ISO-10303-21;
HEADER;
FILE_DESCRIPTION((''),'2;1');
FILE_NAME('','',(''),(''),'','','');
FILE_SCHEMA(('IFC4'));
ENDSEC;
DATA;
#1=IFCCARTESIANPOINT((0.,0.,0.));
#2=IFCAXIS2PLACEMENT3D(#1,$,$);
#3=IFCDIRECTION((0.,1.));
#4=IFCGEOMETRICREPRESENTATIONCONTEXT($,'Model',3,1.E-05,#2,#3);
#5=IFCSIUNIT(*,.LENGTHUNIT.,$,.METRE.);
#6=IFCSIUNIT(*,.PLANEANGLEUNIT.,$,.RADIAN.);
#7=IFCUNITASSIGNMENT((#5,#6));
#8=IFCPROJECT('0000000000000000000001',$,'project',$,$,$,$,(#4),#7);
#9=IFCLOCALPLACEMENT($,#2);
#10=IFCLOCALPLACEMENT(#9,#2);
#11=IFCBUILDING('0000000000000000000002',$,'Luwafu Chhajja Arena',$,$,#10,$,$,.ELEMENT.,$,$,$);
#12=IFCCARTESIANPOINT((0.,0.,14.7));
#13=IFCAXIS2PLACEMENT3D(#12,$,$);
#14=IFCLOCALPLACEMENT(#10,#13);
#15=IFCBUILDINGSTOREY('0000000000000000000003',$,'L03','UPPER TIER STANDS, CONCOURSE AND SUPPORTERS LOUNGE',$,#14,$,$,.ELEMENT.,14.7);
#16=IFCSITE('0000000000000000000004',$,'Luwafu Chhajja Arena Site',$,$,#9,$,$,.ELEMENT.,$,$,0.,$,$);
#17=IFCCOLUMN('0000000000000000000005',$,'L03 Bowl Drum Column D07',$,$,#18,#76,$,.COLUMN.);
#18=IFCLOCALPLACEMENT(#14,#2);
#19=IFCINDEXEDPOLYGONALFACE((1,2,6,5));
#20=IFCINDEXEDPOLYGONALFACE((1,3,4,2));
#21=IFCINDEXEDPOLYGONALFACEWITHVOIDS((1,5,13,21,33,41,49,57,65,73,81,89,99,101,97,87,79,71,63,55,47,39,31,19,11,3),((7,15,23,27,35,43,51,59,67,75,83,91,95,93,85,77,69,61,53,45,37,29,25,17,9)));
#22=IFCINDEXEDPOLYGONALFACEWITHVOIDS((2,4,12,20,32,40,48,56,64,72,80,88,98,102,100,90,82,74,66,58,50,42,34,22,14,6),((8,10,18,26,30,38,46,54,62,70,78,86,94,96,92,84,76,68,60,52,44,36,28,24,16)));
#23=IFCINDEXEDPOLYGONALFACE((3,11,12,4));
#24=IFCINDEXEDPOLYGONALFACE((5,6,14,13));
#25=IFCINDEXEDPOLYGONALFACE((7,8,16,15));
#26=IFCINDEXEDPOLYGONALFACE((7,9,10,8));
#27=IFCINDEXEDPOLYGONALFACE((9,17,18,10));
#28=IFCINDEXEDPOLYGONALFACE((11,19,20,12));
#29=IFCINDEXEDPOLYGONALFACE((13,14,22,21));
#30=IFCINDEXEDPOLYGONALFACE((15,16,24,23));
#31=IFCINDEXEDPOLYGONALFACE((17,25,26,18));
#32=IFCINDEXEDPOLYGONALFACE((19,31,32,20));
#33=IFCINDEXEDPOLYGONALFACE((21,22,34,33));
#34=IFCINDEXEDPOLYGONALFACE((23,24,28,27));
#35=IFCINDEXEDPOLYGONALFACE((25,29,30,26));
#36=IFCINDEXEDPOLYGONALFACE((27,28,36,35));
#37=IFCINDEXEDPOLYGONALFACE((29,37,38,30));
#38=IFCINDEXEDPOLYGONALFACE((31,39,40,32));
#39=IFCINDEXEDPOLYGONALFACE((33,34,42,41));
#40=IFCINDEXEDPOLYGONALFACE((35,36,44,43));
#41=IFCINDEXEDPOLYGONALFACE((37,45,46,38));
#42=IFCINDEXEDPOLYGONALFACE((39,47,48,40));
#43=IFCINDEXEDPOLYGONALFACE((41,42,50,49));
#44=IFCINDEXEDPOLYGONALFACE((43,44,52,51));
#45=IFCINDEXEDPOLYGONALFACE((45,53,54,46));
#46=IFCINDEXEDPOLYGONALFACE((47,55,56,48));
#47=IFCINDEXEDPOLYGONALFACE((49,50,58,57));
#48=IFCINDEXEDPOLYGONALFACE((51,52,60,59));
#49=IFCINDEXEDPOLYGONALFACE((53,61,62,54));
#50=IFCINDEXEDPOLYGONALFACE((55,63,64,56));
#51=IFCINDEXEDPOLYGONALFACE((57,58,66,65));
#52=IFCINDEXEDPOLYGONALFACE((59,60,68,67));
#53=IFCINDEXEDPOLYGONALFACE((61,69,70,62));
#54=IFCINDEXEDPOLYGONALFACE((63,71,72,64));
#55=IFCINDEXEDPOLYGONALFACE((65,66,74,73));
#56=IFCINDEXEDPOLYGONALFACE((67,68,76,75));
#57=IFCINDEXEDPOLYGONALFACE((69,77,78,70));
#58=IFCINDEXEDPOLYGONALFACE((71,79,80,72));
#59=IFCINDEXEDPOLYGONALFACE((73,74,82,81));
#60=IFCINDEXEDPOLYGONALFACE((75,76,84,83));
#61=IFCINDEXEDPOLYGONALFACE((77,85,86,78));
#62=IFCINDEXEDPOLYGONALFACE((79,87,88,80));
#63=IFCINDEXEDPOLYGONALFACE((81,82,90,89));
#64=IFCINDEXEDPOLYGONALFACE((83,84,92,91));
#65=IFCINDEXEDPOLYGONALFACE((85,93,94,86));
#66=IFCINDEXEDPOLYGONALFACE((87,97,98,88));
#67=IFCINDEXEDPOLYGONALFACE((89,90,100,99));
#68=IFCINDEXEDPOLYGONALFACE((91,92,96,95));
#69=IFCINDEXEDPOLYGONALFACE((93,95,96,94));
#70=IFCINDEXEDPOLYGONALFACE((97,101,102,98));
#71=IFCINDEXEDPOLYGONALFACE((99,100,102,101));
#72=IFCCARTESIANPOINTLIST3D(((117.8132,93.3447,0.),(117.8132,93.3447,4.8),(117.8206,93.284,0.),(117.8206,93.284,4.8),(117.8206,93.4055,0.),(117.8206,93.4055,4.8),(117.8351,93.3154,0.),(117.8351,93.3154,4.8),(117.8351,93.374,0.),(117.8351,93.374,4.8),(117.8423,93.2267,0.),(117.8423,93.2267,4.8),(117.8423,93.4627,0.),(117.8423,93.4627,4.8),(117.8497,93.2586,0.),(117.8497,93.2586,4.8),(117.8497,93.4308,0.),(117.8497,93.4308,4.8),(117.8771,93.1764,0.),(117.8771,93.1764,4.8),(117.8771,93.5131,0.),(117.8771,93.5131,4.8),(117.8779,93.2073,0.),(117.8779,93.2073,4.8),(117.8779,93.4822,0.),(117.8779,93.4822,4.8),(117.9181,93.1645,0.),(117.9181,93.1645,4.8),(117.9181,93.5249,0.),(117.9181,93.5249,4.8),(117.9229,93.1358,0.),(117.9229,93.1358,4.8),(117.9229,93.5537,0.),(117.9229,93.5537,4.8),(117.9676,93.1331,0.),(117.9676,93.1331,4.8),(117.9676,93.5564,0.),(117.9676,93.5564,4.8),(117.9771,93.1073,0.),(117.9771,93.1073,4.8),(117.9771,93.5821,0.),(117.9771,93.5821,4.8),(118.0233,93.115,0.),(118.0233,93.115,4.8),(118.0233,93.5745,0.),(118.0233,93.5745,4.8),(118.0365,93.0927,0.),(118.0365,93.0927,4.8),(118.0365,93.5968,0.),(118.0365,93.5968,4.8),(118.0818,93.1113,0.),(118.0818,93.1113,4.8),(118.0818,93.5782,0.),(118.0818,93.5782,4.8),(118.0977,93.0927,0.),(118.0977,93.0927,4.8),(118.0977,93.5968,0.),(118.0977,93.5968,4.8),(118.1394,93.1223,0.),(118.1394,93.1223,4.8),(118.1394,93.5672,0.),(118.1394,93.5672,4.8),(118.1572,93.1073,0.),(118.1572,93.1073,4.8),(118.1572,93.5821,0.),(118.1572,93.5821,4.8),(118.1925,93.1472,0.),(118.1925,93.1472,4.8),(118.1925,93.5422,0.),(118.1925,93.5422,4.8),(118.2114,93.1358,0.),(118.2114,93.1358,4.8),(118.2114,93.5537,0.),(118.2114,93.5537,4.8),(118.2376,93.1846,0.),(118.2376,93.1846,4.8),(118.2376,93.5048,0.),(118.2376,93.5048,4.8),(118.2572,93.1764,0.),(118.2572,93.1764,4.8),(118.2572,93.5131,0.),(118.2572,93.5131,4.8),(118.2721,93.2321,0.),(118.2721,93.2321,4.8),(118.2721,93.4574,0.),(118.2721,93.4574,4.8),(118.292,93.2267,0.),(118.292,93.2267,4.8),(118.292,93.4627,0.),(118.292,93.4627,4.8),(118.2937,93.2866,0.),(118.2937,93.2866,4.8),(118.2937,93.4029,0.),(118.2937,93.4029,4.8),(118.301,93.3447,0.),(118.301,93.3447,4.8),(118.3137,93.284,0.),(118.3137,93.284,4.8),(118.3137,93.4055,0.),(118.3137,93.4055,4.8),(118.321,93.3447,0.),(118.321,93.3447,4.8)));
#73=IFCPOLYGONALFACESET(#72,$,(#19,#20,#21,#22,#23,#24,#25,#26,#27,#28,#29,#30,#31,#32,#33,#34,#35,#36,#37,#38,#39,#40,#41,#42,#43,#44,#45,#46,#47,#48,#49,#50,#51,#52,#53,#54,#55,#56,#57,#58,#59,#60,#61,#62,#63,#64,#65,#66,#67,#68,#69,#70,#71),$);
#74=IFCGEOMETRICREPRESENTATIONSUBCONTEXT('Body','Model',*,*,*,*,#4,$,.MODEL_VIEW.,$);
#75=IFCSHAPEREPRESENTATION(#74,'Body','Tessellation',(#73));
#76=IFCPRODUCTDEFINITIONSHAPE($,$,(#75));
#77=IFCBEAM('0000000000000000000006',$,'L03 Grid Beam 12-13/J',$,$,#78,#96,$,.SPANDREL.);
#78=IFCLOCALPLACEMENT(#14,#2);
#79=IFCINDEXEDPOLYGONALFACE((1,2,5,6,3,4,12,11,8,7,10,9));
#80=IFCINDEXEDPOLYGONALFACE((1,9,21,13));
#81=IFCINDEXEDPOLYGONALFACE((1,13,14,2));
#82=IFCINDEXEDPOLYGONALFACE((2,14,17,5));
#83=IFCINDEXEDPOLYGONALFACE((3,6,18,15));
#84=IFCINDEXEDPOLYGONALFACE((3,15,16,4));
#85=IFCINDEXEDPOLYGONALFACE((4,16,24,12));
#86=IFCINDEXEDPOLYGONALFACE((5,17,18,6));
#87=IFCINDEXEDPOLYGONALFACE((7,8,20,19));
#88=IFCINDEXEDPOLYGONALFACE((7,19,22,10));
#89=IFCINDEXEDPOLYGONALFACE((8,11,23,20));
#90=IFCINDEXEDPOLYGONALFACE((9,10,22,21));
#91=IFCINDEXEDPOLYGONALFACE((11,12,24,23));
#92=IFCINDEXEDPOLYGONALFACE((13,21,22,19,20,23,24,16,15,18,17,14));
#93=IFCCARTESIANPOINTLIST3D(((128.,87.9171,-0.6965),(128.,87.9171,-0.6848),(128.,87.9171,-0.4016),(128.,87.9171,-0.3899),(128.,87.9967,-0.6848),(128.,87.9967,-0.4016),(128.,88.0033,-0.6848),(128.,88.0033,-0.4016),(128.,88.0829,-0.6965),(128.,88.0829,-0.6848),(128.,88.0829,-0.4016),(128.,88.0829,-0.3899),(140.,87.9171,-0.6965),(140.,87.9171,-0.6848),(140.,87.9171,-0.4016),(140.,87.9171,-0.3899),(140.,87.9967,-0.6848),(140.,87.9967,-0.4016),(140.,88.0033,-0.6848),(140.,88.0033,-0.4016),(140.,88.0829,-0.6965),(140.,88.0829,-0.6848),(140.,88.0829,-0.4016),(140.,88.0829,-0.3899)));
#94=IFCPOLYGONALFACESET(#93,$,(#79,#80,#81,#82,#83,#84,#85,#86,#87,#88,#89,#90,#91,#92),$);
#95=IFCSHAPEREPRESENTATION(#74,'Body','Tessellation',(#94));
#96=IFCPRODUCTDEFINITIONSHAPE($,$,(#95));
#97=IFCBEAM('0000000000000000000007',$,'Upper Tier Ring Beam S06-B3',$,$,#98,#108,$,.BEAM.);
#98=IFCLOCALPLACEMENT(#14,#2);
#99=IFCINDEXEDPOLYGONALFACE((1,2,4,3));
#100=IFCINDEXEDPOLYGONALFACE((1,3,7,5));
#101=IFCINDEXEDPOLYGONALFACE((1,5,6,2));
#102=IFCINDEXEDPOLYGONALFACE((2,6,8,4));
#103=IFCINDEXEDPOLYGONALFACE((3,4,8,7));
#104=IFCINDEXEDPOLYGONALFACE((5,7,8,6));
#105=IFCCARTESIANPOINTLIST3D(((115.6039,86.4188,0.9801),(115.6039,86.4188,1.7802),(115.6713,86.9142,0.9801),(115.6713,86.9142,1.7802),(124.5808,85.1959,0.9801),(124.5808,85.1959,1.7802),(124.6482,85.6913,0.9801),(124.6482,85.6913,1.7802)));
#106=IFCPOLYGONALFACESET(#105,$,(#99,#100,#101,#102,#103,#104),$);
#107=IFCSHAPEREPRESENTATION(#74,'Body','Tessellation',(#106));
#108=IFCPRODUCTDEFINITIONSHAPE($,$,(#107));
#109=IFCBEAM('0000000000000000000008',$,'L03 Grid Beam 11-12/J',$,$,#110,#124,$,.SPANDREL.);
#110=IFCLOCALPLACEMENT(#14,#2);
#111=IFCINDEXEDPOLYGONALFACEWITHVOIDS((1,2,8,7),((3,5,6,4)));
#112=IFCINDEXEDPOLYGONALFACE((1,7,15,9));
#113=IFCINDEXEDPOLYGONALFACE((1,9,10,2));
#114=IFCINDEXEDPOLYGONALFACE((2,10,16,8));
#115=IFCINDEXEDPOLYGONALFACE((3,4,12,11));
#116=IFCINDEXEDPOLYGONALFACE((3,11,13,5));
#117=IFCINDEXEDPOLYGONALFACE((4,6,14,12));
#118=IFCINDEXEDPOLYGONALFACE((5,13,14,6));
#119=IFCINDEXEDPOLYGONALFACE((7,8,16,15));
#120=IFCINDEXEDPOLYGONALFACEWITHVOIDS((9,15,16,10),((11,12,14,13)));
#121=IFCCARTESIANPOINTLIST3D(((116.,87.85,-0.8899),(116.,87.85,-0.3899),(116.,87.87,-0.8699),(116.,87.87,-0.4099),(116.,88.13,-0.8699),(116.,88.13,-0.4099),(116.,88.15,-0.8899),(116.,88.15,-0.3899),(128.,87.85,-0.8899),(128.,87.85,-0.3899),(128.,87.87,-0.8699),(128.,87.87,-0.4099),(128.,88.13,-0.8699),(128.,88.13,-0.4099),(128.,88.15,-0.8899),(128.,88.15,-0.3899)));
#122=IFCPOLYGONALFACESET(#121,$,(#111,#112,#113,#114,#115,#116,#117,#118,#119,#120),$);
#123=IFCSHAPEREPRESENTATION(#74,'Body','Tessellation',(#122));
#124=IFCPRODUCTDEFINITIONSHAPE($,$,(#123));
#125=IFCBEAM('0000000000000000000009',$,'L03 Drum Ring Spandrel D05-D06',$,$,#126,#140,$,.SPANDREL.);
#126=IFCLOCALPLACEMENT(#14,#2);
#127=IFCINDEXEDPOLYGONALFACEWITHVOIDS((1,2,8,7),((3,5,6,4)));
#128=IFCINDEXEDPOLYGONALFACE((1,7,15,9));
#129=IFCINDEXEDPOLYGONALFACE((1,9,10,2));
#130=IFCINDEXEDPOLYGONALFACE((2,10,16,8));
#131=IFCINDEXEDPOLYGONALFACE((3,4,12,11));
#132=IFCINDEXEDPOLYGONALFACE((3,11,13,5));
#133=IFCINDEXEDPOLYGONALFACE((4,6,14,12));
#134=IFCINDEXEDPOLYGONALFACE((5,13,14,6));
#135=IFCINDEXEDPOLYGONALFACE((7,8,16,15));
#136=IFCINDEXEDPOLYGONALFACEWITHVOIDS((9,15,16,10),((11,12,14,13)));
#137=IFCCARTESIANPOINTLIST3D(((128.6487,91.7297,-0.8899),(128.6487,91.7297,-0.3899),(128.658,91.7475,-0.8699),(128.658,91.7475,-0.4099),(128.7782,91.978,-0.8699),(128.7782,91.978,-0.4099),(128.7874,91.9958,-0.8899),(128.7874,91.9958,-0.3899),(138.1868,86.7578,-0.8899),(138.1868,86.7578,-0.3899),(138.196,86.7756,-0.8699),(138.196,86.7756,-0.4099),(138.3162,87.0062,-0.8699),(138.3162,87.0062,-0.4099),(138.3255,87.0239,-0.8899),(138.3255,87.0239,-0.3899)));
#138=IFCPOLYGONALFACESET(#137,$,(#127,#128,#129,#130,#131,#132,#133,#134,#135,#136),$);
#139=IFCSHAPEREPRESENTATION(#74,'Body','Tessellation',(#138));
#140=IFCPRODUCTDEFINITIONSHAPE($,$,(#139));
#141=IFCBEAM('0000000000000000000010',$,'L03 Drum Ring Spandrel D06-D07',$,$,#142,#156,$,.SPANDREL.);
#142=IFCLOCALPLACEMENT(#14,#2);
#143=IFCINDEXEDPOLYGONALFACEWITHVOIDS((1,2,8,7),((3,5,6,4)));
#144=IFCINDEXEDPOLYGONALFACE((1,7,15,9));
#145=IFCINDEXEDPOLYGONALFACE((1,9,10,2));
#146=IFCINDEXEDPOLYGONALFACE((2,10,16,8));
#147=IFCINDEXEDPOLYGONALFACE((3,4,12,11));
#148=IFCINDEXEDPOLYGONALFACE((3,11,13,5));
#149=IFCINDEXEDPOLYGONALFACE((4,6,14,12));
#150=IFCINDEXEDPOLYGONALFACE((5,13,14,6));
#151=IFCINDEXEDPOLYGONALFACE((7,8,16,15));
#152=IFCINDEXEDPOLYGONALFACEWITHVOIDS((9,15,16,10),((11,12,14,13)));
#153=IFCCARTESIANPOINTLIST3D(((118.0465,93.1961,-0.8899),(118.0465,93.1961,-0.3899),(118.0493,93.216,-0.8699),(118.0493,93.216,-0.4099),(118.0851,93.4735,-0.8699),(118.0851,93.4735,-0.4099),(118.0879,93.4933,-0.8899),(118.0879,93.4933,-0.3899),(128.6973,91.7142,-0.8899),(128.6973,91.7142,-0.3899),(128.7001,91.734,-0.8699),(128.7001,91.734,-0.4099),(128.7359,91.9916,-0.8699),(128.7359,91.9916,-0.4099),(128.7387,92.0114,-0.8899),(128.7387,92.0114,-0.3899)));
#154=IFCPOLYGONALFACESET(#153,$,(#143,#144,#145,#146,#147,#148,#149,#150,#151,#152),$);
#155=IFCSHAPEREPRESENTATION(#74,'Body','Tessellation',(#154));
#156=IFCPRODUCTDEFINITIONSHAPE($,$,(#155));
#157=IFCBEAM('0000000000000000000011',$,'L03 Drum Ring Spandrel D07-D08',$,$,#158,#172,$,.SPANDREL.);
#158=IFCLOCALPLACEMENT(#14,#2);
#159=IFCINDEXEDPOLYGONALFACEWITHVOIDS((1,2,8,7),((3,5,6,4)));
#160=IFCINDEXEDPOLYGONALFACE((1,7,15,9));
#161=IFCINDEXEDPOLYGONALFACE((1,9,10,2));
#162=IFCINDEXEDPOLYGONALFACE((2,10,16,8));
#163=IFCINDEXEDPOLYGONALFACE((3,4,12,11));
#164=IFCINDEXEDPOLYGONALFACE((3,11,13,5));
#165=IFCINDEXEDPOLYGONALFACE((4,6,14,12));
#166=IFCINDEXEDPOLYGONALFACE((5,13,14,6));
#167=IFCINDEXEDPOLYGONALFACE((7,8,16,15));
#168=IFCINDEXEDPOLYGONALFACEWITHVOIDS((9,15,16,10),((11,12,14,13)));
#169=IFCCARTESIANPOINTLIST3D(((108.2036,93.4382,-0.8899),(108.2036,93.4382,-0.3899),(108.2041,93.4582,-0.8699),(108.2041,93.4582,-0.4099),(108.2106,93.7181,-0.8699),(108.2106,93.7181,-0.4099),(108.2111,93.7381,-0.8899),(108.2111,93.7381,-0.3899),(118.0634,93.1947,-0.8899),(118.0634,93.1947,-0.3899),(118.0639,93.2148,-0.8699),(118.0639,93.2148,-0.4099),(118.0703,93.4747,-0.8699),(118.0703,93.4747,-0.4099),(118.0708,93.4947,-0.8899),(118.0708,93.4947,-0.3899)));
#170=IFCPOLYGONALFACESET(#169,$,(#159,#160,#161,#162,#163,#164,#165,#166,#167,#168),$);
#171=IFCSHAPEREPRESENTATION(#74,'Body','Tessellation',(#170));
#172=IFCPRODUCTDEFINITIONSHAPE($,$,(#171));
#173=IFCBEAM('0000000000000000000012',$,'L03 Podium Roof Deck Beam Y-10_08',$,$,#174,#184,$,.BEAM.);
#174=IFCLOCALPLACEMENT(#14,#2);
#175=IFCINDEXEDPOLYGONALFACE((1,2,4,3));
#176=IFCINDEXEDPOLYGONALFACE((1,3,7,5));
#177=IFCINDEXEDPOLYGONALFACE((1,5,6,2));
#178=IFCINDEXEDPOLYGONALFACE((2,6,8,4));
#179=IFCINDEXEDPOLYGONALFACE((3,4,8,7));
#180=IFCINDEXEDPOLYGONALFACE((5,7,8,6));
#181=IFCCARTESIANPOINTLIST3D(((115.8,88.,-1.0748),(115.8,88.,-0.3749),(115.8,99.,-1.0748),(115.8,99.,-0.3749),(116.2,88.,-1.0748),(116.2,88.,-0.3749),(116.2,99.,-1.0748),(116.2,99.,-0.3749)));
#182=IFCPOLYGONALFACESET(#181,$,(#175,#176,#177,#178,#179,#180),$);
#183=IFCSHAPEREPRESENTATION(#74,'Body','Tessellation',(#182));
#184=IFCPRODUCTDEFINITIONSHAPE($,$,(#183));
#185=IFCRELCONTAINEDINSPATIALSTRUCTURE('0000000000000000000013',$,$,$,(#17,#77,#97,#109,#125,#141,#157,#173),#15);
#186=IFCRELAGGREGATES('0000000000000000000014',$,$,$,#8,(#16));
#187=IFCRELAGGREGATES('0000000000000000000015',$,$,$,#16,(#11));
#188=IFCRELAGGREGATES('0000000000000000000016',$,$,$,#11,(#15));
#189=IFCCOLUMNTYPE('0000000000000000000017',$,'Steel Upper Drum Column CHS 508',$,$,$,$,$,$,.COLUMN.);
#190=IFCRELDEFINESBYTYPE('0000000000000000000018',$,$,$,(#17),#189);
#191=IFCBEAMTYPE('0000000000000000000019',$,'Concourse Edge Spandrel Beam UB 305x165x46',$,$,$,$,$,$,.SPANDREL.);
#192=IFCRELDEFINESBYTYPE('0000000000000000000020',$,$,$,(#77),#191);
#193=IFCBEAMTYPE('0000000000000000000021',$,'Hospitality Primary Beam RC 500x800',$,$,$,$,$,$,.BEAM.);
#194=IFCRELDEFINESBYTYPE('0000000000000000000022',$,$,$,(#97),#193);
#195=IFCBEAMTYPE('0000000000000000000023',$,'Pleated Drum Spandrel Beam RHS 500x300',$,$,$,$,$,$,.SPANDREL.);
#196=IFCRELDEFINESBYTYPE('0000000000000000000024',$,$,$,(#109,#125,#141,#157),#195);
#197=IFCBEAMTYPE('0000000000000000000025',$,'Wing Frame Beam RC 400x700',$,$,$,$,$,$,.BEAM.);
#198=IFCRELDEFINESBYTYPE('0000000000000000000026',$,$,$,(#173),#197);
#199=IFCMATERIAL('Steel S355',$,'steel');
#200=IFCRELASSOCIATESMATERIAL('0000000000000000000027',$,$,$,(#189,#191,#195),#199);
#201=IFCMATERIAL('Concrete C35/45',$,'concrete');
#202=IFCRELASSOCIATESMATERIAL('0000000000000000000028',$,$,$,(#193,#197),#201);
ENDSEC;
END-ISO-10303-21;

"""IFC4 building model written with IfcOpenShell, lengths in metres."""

from ifc_helpers import new_model, si_unit, direction, frame, origin, origin_2d, place, context, subcontext, project, spatial, rectangle, hollow_rectangle, hollow_circle, i_section, extrude, material, material_profile, profile_set, type_object, element, save


model = new_model("IFC4")

# Units and contexts
model_context = context("Model", 3, precision=1e-05, world=origin(), true_north=direction((0.0, 1.0)))
body_context = subcontext(model_context, "Body", "Model", "MODEL_VIEW")
ifc_project = project(units=[si_unit("LENGTHUNIT", "METRE"), si_unit("PLANEANGLEUNIT", "RADIAN")], contexts=[model_context])

# Site, building, storey
site_placement = place(None, origin())
site = spatial("IfcSite", under=ifc_project, at=site_placement, Name="Luwafu Chhajja Arena Site", CompositionType="ELEMENT", RefElevation=0.0)
building_placement = place(site_placement, origin())
building = spatial("IfcBuilding", under=site, at=building_placement, Name="Luwafu Chhajja Arena", CompositionType="ELEMENT")
storey_placement = place(building_placement, frame((0.0, 0.0, 14.7)))
storey = spatial("IfcBuildingStorey", under=building, at=storey_placement, Name="L03", Description="UPPER TIER STANDS, CONCOURSE AND SUPPORTERS LOUNGE", CompositionType="ELEMENT", Elevation=14.7)

# Column
ifc_material_1 = material(Name="Steel S355", Category="steel")
ifc_material_profile_1 = material_profile(ifc_material_1, hollow_circle(Radius=0.2539, WallThickness=0.02, at=origin_2d()), Name="CHS 508x20")
ifc_profile_set_1 = profile_set([ifc_material_profile_1], Name="Steel S355")
column_type_1 = type_object("IfcColumnType", Name="Steel Upper Drum Column CHS 508", PredefinedType="COLUMN", material=ifc_profile_set_1)
for number, where, z_axis, x_axis, name in (
    (1, (118.0671, 93.3447, 0.0), (0.0, 0.0, 1.0), (1.0, 0.0, 0.0), "L03 Bowl Drum Column D07"),
):
    element("IfcColumn", number, at=place(storey_placement, frame(where, z_axis=z_axis, x_axis=x_axis)), inside=storey, type_object=column_type_1, Name=name, PredefinedType="COLUMN", context=body_context, shape_type="SweptSolid", body=[
        extrude(hollow_circle(Radius=0.2539, WallThickness=0.02, at=origin_2d()), origin(), (0.0, 0.0, 1.0), 4.8),
    ])

# Beams
ifc_material_profile_2 = material_profile(ifc_material_1, i_section(OverallWidth=0.1658, OverallDepth=0.3066, WebThickness=0.0066, FlangeThickness=0.0117, at=origin_2d()), Name="UB 305x165x46")
ifc_profile_set_2 = profile_set([ifc_material_profile_2], Name="Steel S355")
beam_type_1 = type_object("IfcBeamType", Name="Concourse Edge Spandrel Beam UB 305x165x46", PredefinedType="SPANDREL", material=ifc_profile_set_2)
beam_1_placement = place(storey_placement, frame((128.0, 88.0, -0.5432), z_axis=(1.0, 0.0, 0.0), x_axis=(0.0, 1.0, 0.0)))
element("IfcBeam", 2, at=beam_1_placement, inside=storey, type_object=beam_type_1, Name="L03 Grid Beam 12-13/J", PredefinedType="SPANDREL", context=body_context, shape_type="SweptSolid", body=[
    extrude(i_section(OverallWidth=0.1658, OverallDepth=0.3066, WebThickness=0.0066, FlangeThickness=0.0117, at=origin_2d()), origin(), (0.0, 0.0, 1.0), 12.0),
])
ifc_material_2 = material(Name="Concrete C35/45", Category="concrete")
ifc_material_profile_3 = material_profile(ifc_material_2, rectangle(XDim=0.5, YDim=0.8, at=origin_2d()), Name="RC 500x800")
ifc_profile_set_3 = profile_set([ifc_material_profile_3], Name="Concrete C35/45")
beam_type_2 = type_object("IfcBeamType", Name="Hospitality Primary Beam RC 500x800", PredefinedType="BEAM", material=ifc_profile_set_3)
beam_2_placement = place(storey_placement, frame((124.6145, 85.4436, 1.3801), z_axis=(-0.990848, 0.134982, 0.0), x_axis=(-0.134982, -0.990848, 0.0)))
element("IfcBeam", 3, at=beam_2_placement, inside=storey, type_object=beam_type_2, Name="Upper Tier Ring Beam S06-B3", PredefinedType="BEAM", context=body_context, shape_type="SweptSolid", body=[
    extrude(rectangle(XDim=0.5, YDim=0.8, at=origin_2d()), origin(), (0.0, 0.0, 1.0), 9.0598),
])
ifc_material_profile_4 = material_profile(ifc_material_1, hollow_rectangle(XDim=0.3, YDim=0.5, WallThickness=0.02, at=origin_2d()), Name="RHS 500x300x20")
ifc_profile_set_4 = profile_set([ifc_material_profile_4], Name="Steel S355")
beam_type_3 = type_object("IfcBeamType", Name="Pleated Drum Spandrel Beam RHS 500x300", PredefinedType="SPANDREL", material=ifc_profile_set_4)
beam_3_placement = place(storey_placement, frame((116.0, 88.0, -0.6399), z_axis=(1.0, 0.0, 0.0), x_axis=(0.0, 1.0, 0.0)))
element("IfcBeam", 4, at=beam_3_placement, inside=storey, type_object=beam_type_3, Name="L03 Grid Beam 11-12/J", PredefinedType="SPANDREL", context=body_context, shape_type="SweptSolid", body=[
    extrude(hollow_rectangle(XDim=0.3, YDim=0.5, WallThickness=0.02, at=origin_2d()), origin(), (0.0, 0.0, 1.0), 12.0),
])
beam_4_placement = place(storey_placement, frame((138.2561, 86.8909, -0.6399), z_axis=(-0.886755, 0.462239, 0.0), x_axis=(-0.462239, -0.886755, 0.0)))
element("IfcBeam", 5, at=beam_4_placement, inside=storey, type_object=beam_type_3, Name="L03 Drum Ring Spandrel D05-D06", PredefinedType="SPANDREL", context=body_context, shape_type="SweptSolid", body=[
    extrude(hollow_rectangle(XDim=0.3, YDim=0.5, WallThickness=0.02, at=origin_2d()), origin(), (0.0, 0.0, 1.0), 10.7561),
])
beam_5_placement = place(storey_placement, frame((128.718, 91.8628, -0.6399), z_axis=(-0.990459, 0.13781, 0.0), x_axis=(-0.13781, -0.990459, 0.0)))
element("IfcBeam", 6, at=beam_5_placement, inside=storey, type_object=beam_type_3, Name="L03 Drum Ring Spandrel D06-D07", PredefinedType="SPANDREL", context=body_context, shape_type="SweptSolid", body=[
    extrude(hollow_rectangle(XDim=0.3, YDim=0.5, WallThickness=0.02, at=origin_2d()), origin(), (0.0, 0.0, 1.0), 10.7534),
])
beam_6_placement = place(storey_placement, frame((118.0671, 93.3447, -0.6399), z_axis=(-0.999695, 0.024679, 0.0), x_axis=(-0.024679, -0.999695, 0.0)))
element("IfcBeam", 7, at=beam_6_placement, inside=storey, type_object=beam_type_3, Name="L03 Drum Ring Spandrel D07-D08", PredefinedType="SPANDREL", context=body_context, shape_type="SweptSolid", body=[
    extrude(hollow_rectangle(XDim=0.3, YDim=0.5, WallThickness=0.02, at=origin_2d()), origin(), (0.0, 0.0, 1.0), 9.8628),
])
ifc_material_profile_5 = material_profile(ifc_material_2, rectangle(XDim=0.3999, YDim=0.7, at=origin_2d()), Name="RC 400x700")
ifc_profile_set_5 = profile_set([ifc_material_profile_5], Name="Concrete C35/45")
beam_type_4 = type_object("IfcBeamType", Name="Wing Frame Beam RC 400x700", PredefinedType="BEAM", material=ifc_profile_set_5)
beam_7_placement = place(storey_placement, frame((116.0, 88.0, -0.7249), z_axis=(0.0, 1.0, 0.0), x_axis=(-1.0, 0.0, 0.0)))
element("IfcBeam", 8, at=beam_7_placement, inside=storey, type_object=beam_type_4, Name="L03 Podium Roof Deck Beam Y-10_08", PredefinedType="BEAM", context=body_context, shape_type="SweptSolid", body=[
    extrude(rectangle(XDim=0.3999, YDim=0.7, at=origin_2d()), origin(), (0.0, 0.0, 1.0), 11.0),
])

save(model, "model.ifc")
